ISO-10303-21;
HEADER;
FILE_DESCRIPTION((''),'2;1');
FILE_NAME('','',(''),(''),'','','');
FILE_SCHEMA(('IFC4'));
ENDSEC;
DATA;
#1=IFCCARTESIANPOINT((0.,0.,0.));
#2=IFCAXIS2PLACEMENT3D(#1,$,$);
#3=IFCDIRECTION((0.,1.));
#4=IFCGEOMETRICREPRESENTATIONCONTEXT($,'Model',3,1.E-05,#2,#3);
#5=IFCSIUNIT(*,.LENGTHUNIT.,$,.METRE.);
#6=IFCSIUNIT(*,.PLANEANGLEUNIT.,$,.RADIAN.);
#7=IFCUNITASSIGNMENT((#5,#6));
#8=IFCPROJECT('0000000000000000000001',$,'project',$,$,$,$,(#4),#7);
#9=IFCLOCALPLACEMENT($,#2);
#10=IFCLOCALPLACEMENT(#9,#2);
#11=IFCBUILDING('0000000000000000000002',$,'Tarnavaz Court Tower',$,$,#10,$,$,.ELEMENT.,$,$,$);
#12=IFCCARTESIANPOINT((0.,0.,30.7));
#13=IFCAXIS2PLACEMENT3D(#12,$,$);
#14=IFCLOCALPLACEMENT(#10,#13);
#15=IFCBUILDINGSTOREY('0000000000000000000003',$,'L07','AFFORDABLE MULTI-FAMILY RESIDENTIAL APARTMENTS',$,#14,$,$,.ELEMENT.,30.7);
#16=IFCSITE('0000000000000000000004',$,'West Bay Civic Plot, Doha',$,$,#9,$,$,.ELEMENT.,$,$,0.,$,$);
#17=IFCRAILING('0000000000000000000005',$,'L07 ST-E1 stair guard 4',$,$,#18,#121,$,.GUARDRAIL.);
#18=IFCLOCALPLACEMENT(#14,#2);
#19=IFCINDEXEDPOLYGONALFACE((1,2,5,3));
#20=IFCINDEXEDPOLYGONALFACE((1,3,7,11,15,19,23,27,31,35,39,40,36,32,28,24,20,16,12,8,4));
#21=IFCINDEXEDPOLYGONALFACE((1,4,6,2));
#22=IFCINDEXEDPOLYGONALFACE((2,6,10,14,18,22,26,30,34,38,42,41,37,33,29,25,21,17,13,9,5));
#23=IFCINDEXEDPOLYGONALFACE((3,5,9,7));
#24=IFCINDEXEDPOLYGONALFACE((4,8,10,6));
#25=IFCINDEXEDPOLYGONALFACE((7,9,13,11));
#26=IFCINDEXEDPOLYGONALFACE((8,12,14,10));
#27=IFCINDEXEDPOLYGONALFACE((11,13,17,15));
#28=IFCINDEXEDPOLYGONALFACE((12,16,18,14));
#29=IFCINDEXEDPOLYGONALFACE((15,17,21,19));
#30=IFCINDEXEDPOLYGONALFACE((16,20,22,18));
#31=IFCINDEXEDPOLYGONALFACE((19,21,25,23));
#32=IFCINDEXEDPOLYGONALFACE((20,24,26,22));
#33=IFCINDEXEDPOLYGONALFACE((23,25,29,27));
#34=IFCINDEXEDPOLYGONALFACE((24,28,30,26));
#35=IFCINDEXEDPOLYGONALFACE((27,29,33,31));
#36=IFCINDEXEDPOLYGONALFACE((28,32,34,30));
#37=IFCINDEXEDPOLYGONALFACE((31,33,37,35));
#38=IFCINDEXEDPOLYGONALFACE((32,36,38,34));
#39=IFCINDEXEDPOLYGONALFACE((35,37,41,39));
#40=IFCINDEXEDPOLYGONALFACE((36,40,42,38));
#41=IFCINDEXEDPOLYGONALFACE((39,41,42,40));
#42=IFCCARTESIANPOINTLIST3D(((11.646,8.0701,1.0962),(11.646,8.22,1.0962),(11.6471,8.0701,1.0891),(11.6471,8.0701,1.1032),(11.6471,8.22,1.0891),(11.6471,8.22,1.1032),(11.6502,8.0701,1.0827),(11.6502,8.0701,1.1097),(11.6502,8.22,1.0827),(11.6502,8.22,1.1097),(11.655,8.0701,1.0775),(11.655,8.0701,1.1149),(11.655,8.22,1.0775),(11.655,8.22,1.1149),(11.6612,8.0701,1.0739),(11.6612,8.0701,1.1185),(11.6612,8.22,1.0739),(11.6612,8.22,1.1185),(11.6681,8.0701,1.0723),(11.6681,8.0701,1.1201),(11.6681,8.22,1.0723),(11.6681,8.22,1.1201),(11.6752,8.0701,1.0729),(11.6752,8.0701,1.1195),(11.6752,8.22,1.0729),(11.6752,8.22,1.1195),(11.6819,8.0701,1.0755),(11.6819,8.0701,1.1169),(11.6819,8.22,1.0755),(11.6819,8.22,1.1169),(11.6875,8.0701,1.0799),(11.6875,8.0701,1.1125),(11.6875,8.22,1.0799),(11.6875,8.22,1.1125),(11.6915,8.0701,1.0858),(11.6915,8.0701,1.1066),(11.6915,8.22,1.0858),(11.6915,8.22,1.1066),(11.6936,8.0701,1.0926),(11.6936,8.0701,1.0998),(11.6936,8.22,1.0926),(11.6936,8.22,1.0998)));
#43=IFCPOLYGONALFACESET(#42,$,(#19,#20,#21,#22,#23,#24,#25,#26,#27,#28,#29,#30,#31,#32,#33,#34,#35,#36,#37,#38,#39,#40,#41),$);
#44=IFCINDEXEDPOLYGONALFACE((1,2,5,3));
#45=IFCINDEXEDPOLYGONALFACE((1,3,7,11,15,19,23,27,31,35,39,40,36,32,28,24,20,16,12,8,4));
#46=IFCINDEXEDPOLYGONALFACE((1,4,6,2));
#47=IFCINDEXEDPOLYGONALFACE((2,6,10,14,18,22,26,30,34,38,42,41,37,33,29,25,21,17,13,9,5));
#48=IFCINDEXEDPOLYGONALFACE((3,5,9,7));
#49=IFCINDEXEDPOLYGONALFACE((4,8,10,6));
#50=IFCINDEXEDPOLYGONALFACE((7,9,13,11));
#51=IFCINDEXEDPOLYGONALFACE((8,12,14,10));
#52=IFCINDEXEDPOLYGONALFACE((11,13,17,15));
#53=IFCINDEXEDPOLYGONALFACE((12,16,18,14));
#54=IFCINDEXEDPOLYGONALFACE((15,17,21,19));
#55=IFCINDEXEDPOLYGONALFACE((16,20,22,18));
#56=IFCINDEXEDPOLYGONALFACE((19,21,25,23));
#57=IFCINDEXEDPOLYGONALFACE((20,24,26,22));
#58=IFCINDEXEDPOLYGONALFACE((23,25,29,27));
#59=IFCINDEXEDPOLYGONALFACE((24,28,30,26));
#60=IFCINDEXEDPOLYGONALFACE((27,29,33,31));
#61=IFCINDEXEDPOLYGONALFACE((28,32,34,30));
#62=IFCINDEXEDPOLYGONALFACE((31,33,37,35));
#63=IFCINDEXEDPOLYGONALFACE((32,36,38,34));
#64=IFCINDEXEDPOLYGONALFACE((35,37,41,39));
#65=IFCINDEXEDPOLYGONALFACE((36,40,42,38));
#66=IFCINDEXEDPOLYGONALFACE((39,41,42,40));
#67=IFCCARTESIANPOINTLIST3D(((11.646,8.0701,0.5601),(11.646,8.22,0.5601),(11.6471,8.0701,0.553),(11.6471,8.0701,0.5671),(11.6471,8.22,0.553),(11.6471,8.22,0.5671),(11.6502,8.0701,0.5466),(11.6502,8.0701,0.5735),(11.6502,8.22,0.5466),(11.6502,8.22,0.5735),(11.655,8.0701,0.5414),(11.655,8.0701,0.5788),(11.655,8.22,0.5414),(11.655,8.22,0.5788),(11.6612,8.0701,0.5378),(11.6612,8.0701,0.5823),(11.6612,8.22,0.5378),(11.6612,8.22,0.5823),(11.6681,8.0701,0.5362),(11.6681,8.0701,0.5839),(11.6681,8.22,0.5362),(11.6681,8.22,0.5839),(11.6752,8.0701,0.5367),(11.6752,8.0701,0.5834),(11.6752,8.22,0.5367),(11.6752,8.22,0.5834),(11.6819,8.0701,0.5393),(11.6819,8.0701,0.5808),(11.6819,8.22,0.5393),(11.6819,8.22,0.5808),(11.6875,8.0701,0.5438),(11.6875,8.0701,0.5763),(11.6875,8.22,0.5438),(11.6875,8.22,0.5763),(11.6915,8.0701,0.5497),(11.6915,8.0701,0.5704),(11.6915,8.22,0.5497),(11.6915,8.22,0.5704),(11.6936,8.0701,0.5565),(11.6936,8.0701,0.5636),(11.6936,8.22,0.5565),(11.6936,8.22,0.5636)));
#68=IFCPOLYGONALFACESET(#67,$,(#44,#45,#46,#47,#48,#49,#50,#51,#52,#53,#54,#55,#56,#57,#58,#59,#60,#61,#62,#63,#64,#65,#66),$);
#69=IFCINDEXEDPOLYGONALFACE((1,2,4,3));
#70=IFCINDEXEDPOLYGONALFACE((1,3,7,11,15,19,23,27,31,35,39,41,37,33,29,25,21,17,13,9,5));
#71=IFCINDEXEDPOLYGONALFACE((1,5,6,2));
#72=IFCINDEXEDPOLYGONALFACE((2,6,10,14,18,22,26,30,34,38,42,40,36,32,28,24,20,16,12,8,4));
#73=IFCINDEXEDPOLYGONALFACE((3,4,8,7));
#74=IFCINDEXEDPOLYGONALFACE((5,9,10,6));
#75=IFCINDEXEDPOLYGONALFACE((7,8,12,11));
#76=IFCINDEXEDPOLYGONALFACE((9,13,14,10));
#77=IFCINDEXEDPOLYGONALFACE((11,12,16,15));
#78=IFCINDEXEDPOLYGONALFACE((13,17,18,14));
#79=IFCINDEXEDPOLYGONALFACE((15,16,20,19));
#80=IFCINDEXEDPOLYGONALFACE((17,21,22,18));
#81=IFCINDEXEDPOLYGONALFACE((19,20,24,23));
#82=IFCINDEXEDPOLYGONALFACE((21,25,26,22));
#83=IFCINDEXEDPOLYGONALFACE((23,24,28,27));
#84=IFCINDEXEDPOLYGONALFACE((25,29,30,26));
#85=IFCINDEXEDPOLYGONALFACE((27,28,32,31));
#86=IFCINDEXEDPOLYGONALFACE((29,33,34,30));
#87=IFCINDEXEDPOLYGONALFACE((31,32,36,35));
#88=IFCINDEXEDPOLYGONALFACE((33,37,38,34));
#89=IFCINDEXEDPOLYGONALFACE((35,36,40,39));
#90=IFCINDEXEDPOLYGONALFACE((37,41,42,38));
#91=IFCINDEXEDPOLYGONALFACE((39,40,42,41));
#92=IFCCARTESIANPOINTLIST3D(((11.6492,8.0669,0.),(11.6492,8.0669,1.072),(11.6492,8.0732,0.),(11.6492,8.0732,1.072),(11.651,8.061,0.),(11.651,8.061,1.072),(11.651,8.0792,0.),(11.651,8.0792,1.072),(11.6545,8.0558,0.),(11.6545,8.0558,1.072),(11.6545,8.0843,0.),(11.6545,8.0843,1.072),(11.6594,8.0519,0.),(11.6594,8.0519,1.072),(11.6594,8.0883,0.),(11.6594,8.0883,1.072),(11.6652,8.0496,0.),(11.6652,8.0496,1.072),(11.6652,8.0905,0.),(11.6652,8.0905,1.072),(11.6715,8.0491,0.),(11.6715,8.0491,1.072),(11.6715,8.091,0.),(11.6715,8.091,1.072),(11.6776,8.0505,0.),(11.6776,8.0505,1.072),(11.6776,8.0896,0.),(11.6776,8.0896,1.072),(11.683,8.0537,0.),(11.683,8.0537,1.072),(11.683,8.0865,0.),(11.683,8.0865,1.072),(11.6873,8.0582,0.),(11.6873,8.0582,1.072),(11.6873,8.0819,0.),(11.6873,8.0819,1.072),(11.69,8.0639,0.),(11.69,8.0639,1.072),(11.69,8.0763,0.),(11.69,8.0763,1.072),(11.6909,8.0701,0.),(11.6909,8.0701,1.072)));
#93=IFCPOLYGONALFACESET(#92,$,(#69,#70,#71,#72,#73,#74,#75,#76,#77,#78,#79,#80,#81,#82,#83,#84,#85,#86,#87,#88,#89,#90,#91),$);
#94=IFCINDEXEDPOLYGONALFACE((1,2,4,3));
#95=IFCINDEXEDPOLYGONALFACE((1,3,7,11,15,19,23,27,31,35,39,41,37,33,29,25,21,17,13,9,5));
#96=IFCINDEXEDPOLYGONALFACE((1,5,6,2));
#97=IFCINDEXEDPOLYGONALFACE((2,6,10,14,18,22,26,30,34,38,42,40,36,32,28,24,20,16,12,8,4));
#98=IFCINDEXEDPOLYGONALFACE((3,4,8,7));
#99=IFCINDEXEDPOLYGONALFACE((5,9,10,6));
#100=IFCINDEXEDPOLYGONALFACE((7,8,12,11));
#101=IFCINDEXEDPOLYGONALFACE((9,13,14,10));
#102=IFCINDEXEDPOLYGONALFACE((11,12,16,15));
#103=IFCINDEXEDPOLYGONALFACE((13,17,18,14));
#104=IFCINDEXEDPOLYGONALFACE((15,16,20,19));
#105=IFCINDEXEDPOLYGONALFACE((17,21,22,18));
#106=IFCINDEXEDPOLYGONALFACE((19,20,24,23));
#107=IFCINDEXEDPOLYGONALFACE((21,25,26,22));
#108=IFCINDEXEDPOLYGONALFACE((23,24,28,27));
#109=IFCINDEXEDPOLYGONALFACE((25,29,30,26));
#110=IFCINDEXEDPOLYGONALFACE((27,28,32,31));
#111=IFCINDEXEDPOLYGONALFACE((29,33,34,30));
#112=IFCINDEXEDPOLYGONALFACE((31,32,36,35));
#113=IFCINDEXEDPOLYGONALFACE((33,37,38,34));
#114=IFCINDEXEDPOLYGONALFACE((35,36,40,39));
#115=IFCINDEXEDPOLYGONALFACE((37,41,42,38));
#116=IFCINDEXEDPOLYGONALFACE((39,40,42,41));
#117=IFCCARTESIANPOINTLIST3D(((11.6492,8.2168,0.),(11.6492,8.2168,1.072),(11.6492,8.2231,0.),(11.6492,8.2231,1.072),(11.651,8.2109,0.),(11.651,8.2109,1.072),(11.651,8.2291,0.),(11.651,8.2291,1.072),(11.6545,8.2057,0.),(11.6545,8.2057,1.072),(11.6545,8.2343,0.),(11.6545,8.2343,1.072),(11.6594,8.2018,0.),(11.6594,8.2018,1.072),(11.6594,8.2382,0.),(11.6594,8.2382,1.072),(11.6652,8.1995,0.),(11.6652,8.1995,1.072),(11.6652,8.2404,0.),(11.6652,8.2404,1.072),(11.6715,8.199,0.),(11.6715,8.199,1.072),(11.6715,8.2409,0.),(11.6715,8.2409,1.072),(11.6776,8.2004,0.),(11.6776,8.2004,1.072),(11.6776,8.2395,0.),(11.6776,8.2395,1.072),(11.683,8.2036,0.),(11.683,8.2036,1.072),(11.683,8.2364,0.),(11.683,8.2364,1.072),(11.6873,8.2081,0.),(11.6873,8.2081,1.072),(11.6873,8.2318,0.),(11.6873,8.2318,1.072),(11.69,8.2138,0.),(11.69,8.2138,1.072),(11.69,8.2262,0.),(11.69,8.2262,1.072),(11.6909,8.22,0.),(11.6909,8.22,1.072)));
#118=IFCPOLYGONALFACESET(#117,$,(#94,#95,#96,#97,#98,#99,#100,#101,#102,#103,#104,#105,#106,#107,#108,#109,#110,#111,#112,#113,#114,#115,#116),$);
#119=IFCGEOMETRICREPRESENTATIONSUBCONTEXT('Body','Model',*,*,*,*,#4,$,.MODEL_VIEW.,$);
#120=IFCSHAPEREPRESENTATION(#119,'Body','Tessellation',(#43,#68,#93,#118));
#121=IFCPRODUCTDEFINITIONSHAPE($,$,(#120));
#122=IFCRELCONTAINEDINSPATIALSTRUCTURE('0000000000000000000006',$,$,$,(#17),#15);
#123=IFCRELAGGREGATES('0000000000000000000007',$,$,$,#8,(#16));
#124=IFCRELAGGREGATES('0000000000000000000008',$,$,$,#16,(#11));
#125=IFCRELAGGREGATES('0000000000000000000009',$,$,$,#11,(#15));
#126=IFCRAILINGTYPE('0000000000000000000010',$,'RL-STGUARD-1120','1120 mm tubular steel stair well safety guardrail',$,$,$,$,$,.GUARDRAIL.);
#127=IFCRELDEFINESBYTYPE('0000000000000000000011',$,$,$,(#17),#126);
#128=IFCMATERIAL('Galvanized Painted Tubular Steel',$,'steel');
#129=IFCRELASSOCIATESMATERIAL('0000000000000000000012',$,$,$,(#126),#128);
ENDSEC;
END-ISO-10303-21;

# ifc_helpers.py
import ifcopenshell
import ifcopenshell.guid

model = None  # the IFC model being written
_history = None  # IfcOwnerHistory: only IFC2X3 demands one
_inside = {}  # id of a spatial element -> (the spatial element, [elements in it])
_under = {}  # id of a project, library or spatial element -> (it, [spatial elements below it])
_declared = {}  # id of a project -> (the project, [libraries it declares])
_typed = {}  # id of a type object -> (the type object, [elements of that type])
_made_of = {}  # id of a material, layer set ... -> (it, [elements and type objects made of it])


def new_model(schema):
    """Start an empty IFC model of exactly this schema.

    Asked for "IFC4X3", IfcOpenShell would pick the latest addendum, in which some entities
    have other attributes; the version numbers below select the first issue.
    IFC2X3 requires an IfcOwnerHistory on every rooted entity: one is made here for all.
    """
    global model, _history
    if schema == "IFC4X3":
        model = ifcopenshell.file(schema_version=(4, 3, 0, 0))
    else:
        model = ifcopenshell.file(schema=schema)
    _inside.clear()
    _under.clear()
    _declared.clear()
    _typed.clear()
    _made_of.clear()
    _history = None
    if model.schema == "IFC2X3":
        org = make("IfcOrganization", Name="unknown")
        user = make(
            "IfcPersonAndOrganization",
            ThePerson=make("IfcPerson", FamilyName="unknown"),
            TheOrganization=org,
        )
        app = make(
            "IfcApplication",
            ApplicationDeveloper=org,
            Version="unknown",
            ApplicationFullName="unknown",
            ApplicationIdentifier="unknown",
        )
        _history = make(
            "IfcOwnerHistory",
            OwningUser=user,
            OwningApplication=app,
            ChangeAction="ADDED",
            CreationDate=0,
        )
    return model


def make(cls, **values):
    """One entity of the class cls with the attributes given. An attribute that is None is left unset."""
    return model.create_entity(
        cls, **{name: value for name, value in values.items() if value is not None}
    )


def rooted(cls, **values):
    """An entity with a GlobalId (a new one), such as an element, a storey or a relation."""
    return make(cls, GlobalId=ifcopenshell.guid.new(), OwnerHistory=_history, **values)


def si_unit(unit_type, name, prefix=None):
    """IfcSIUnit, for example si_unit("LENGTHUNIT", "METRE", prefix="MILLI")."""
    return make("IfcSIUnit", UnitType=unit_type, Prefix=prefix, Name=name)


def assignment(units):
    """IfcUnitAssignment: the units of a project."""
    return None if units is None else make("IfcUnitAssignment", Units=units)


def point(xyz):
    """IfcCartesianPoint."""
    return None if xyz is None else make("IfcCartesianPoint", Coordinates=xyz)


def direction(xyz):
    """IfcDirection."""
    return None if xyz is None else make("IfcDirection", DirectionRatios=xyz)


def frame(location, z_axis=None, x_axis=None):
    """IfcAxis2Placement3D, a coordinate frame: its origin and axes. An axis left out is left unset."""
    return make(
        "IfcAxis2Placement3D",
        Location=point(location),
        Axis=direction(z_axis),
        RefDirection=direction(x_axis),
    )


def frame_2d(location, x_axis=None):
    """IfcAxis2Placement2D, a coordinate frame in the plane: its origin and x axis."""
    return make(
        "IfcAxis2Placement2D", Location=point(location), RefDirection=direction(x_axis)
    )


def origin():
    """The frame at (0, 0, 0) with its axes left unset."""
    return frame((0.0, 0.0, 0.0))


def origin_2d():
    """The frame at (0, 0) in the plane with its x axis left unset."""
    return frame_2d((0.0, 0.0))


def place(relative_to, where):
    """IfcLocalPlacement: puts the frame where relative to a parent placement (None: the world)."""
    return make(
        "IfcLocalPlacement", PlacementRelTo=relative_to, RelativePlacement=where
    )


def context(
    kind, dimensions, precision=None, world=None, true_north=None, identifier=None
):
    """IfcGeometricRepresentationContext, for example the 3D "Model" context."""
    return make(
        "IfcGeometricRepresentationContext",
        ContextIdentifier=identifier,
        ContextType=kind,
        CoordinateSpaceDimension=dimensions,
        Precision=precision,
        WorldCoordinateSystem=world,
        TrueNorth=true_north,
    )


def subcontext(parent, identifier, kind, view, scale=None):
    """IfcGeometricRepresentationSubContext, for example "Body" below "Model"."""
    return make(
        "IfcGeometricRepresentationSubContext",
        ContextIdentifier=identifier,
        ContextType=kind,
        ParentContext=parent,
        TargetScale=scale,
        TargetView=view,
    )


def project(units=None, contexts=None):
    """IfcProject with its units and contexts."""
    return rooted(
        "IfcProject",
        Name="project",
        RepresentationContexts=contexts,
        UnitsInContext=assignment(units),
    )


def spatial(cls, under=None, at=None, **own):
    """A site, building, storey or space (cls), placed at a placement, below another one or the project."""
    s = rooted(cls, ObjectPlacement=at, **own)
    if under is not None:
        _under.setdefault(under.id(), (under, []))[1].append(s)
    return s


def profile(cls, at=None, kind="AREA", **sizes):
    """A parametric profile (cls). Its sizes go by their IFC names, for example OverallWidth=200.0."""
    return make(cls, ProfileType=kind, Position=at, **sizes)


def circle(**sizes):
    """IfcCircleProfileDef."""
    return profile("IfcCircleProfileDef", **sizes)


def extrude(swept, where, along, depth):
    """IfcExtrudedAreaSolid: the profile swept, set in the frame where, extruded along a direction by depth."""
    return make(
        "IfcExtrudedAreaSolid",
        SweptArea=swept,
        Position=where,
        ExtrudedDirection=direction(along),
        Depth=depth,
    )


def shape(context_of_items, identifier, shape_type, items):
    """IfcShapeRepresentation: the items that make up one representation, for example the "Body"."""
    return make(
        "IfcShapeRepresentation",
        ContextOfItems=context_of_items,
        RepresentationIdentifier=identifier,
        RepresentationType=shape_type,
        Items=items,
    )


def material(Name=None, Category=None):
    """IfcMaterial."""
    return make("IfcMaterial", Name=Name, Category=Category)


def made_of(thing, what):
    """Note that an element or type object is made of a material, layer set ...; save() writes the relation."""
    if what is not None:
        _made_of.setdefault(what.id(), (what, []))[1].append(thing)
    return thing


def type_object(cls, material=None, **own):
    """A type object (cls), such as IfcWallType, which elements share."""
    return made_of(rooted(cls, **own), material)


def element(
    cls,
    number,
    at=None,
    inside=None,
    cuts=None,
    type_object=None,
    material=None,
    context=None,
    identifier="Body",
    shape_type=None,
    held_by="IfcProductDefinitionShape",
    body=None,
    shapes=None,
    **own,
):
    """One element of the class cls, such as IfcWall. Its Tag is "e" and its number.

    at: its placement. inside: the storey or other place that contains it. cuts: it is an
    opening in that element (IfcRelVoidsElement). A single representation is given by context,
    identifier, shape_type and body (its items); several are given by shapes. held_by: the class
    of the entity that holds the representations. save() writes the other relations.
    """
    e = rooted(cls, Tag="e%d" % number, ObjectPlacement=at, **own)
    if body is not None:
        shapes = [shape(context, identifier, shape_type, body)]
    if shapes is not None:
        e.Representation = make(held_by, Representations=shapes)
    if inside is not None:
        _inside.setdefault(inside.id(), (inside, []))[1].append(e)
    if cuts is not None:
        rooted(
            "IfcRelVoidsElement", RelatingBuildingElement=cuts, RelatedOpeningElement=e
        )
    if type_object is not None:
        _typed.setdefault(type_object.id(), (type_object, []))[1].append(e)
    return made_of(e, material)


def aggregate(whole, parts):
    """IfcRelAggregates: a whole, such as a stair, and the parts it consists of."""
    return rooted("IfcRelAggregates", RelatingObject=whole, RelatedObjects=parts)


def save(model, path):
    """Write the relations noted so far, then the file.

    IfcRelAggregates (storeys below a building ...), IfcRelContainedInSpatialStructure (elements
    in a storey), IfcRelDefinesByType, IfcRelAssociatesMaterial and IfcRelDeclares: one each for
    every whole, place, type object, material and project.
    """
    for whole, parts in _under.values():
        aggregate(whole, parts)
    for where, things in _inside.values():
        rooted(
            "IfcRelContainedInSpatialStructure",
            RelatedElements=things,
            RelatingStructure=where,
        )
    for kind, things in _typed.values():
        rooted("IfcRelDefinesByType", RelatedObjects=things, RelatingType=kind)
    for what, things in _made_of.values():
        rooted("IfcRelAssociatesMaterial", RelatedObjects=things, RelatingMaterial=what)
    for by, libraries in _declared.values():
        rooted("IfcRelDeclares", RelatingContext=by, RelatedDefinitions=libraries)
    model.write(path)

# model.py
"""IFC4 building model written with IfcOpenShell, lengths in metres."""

from ifc_helpers import new_model, si_unit, direction, frame, origin, origin_2d, place, context, subcontext, project, spatial, circle, extrude, material, type_object, element, save


model = new_model("IFC4")

# Units and contexts
model_context = context("Model", 3, precision=1e-05, world=origin(), true_north=direction((0.0, 1.0)))
body_context = subcontext(model_context, "Body", "Model", "MODEL_VIEW")
ifc_project = project(units=[si_unit("LENGTHUNIT", "METRE"), si_unit("PLANEANGLEUNIT", "RADIAN")], contexts=[model_context])

# Site, building, storey
site_placement = place(None, origin())
site = spatial("IfcSite", under=ifc_project, at=site_placement, Name="West Bay Civic Plot, Doha", CompositionType="ELEMENT", RefElevation=0.0)
building_placement = place(site_placement, origin())
building = spatial("IfcBuilding", under=site, at=building_placement, Name="Tarnavaz Court Tower", CompositionType="ELEMENT")
storey_placement = place(building_placement, frame((0.0, 0.0, 30.7)))
storey = spatial("IfcBuildingStorey", under=building, at=storey_placement, Name="L07", Description="AFFORDABLE MULTI-FAMILY RESIDENTIAL APARTMENTS", CompositionType="ELEMENT", Elevation=30.7)

# Railing
ifc_material_1 = material(Name="Galvanized Painted Tubular Steel", Category="steel")
railing_type_1 = type_object("IfcRailingType", Name="RL-STGUARD-1120", Description="1120 mm tubular steel stair well safety guardrail", PredefinedType="GUARDRAIL", material=ifc_material_1)
railing_1_placement = place(storey_placement, frame((11.6699, 8.0701, 0.0)))
element("IfcRailing", 1, at=railing_1_placement, inside=storey, type_object=railing_type_1, Name="L07 ST-E1 stair guard 4", PredefinedType="GUARDRAIL", context=body_context, shape_type="SweptSolid", body=[
    extrude(circle(Radius=0.0239, at=origin_2d()), frame((0.0, 0.0, 1.0962), z_axis=(0.0, 1.0, 0.0), x_axis=(-1.0, 0.0, 0.0)), (0.0, 0.0, 1.0), 0.1499),
    extrude(circle(Radius=0.0239, at=origin_2d()), frame((0.0, 0.0, 0.5601), z_axis=(0.0, 1.0, 0.0), x_axis=(-1.0, 0.0, 0.0)), (0.0, 0.0, 1.0), 0.1499),
    extrude(circle(Radius=0.021, at=origin_2d()), origin(), (0.0, 0.0, 1.0), 1.072),
    extrude(circle(Radius=0.021, at=origin_2d()), frame((0.0, 0.1499, 0.0)), (0.0, 0.0, 1.0), 1.072),
])

save(model, "model.ifc")
